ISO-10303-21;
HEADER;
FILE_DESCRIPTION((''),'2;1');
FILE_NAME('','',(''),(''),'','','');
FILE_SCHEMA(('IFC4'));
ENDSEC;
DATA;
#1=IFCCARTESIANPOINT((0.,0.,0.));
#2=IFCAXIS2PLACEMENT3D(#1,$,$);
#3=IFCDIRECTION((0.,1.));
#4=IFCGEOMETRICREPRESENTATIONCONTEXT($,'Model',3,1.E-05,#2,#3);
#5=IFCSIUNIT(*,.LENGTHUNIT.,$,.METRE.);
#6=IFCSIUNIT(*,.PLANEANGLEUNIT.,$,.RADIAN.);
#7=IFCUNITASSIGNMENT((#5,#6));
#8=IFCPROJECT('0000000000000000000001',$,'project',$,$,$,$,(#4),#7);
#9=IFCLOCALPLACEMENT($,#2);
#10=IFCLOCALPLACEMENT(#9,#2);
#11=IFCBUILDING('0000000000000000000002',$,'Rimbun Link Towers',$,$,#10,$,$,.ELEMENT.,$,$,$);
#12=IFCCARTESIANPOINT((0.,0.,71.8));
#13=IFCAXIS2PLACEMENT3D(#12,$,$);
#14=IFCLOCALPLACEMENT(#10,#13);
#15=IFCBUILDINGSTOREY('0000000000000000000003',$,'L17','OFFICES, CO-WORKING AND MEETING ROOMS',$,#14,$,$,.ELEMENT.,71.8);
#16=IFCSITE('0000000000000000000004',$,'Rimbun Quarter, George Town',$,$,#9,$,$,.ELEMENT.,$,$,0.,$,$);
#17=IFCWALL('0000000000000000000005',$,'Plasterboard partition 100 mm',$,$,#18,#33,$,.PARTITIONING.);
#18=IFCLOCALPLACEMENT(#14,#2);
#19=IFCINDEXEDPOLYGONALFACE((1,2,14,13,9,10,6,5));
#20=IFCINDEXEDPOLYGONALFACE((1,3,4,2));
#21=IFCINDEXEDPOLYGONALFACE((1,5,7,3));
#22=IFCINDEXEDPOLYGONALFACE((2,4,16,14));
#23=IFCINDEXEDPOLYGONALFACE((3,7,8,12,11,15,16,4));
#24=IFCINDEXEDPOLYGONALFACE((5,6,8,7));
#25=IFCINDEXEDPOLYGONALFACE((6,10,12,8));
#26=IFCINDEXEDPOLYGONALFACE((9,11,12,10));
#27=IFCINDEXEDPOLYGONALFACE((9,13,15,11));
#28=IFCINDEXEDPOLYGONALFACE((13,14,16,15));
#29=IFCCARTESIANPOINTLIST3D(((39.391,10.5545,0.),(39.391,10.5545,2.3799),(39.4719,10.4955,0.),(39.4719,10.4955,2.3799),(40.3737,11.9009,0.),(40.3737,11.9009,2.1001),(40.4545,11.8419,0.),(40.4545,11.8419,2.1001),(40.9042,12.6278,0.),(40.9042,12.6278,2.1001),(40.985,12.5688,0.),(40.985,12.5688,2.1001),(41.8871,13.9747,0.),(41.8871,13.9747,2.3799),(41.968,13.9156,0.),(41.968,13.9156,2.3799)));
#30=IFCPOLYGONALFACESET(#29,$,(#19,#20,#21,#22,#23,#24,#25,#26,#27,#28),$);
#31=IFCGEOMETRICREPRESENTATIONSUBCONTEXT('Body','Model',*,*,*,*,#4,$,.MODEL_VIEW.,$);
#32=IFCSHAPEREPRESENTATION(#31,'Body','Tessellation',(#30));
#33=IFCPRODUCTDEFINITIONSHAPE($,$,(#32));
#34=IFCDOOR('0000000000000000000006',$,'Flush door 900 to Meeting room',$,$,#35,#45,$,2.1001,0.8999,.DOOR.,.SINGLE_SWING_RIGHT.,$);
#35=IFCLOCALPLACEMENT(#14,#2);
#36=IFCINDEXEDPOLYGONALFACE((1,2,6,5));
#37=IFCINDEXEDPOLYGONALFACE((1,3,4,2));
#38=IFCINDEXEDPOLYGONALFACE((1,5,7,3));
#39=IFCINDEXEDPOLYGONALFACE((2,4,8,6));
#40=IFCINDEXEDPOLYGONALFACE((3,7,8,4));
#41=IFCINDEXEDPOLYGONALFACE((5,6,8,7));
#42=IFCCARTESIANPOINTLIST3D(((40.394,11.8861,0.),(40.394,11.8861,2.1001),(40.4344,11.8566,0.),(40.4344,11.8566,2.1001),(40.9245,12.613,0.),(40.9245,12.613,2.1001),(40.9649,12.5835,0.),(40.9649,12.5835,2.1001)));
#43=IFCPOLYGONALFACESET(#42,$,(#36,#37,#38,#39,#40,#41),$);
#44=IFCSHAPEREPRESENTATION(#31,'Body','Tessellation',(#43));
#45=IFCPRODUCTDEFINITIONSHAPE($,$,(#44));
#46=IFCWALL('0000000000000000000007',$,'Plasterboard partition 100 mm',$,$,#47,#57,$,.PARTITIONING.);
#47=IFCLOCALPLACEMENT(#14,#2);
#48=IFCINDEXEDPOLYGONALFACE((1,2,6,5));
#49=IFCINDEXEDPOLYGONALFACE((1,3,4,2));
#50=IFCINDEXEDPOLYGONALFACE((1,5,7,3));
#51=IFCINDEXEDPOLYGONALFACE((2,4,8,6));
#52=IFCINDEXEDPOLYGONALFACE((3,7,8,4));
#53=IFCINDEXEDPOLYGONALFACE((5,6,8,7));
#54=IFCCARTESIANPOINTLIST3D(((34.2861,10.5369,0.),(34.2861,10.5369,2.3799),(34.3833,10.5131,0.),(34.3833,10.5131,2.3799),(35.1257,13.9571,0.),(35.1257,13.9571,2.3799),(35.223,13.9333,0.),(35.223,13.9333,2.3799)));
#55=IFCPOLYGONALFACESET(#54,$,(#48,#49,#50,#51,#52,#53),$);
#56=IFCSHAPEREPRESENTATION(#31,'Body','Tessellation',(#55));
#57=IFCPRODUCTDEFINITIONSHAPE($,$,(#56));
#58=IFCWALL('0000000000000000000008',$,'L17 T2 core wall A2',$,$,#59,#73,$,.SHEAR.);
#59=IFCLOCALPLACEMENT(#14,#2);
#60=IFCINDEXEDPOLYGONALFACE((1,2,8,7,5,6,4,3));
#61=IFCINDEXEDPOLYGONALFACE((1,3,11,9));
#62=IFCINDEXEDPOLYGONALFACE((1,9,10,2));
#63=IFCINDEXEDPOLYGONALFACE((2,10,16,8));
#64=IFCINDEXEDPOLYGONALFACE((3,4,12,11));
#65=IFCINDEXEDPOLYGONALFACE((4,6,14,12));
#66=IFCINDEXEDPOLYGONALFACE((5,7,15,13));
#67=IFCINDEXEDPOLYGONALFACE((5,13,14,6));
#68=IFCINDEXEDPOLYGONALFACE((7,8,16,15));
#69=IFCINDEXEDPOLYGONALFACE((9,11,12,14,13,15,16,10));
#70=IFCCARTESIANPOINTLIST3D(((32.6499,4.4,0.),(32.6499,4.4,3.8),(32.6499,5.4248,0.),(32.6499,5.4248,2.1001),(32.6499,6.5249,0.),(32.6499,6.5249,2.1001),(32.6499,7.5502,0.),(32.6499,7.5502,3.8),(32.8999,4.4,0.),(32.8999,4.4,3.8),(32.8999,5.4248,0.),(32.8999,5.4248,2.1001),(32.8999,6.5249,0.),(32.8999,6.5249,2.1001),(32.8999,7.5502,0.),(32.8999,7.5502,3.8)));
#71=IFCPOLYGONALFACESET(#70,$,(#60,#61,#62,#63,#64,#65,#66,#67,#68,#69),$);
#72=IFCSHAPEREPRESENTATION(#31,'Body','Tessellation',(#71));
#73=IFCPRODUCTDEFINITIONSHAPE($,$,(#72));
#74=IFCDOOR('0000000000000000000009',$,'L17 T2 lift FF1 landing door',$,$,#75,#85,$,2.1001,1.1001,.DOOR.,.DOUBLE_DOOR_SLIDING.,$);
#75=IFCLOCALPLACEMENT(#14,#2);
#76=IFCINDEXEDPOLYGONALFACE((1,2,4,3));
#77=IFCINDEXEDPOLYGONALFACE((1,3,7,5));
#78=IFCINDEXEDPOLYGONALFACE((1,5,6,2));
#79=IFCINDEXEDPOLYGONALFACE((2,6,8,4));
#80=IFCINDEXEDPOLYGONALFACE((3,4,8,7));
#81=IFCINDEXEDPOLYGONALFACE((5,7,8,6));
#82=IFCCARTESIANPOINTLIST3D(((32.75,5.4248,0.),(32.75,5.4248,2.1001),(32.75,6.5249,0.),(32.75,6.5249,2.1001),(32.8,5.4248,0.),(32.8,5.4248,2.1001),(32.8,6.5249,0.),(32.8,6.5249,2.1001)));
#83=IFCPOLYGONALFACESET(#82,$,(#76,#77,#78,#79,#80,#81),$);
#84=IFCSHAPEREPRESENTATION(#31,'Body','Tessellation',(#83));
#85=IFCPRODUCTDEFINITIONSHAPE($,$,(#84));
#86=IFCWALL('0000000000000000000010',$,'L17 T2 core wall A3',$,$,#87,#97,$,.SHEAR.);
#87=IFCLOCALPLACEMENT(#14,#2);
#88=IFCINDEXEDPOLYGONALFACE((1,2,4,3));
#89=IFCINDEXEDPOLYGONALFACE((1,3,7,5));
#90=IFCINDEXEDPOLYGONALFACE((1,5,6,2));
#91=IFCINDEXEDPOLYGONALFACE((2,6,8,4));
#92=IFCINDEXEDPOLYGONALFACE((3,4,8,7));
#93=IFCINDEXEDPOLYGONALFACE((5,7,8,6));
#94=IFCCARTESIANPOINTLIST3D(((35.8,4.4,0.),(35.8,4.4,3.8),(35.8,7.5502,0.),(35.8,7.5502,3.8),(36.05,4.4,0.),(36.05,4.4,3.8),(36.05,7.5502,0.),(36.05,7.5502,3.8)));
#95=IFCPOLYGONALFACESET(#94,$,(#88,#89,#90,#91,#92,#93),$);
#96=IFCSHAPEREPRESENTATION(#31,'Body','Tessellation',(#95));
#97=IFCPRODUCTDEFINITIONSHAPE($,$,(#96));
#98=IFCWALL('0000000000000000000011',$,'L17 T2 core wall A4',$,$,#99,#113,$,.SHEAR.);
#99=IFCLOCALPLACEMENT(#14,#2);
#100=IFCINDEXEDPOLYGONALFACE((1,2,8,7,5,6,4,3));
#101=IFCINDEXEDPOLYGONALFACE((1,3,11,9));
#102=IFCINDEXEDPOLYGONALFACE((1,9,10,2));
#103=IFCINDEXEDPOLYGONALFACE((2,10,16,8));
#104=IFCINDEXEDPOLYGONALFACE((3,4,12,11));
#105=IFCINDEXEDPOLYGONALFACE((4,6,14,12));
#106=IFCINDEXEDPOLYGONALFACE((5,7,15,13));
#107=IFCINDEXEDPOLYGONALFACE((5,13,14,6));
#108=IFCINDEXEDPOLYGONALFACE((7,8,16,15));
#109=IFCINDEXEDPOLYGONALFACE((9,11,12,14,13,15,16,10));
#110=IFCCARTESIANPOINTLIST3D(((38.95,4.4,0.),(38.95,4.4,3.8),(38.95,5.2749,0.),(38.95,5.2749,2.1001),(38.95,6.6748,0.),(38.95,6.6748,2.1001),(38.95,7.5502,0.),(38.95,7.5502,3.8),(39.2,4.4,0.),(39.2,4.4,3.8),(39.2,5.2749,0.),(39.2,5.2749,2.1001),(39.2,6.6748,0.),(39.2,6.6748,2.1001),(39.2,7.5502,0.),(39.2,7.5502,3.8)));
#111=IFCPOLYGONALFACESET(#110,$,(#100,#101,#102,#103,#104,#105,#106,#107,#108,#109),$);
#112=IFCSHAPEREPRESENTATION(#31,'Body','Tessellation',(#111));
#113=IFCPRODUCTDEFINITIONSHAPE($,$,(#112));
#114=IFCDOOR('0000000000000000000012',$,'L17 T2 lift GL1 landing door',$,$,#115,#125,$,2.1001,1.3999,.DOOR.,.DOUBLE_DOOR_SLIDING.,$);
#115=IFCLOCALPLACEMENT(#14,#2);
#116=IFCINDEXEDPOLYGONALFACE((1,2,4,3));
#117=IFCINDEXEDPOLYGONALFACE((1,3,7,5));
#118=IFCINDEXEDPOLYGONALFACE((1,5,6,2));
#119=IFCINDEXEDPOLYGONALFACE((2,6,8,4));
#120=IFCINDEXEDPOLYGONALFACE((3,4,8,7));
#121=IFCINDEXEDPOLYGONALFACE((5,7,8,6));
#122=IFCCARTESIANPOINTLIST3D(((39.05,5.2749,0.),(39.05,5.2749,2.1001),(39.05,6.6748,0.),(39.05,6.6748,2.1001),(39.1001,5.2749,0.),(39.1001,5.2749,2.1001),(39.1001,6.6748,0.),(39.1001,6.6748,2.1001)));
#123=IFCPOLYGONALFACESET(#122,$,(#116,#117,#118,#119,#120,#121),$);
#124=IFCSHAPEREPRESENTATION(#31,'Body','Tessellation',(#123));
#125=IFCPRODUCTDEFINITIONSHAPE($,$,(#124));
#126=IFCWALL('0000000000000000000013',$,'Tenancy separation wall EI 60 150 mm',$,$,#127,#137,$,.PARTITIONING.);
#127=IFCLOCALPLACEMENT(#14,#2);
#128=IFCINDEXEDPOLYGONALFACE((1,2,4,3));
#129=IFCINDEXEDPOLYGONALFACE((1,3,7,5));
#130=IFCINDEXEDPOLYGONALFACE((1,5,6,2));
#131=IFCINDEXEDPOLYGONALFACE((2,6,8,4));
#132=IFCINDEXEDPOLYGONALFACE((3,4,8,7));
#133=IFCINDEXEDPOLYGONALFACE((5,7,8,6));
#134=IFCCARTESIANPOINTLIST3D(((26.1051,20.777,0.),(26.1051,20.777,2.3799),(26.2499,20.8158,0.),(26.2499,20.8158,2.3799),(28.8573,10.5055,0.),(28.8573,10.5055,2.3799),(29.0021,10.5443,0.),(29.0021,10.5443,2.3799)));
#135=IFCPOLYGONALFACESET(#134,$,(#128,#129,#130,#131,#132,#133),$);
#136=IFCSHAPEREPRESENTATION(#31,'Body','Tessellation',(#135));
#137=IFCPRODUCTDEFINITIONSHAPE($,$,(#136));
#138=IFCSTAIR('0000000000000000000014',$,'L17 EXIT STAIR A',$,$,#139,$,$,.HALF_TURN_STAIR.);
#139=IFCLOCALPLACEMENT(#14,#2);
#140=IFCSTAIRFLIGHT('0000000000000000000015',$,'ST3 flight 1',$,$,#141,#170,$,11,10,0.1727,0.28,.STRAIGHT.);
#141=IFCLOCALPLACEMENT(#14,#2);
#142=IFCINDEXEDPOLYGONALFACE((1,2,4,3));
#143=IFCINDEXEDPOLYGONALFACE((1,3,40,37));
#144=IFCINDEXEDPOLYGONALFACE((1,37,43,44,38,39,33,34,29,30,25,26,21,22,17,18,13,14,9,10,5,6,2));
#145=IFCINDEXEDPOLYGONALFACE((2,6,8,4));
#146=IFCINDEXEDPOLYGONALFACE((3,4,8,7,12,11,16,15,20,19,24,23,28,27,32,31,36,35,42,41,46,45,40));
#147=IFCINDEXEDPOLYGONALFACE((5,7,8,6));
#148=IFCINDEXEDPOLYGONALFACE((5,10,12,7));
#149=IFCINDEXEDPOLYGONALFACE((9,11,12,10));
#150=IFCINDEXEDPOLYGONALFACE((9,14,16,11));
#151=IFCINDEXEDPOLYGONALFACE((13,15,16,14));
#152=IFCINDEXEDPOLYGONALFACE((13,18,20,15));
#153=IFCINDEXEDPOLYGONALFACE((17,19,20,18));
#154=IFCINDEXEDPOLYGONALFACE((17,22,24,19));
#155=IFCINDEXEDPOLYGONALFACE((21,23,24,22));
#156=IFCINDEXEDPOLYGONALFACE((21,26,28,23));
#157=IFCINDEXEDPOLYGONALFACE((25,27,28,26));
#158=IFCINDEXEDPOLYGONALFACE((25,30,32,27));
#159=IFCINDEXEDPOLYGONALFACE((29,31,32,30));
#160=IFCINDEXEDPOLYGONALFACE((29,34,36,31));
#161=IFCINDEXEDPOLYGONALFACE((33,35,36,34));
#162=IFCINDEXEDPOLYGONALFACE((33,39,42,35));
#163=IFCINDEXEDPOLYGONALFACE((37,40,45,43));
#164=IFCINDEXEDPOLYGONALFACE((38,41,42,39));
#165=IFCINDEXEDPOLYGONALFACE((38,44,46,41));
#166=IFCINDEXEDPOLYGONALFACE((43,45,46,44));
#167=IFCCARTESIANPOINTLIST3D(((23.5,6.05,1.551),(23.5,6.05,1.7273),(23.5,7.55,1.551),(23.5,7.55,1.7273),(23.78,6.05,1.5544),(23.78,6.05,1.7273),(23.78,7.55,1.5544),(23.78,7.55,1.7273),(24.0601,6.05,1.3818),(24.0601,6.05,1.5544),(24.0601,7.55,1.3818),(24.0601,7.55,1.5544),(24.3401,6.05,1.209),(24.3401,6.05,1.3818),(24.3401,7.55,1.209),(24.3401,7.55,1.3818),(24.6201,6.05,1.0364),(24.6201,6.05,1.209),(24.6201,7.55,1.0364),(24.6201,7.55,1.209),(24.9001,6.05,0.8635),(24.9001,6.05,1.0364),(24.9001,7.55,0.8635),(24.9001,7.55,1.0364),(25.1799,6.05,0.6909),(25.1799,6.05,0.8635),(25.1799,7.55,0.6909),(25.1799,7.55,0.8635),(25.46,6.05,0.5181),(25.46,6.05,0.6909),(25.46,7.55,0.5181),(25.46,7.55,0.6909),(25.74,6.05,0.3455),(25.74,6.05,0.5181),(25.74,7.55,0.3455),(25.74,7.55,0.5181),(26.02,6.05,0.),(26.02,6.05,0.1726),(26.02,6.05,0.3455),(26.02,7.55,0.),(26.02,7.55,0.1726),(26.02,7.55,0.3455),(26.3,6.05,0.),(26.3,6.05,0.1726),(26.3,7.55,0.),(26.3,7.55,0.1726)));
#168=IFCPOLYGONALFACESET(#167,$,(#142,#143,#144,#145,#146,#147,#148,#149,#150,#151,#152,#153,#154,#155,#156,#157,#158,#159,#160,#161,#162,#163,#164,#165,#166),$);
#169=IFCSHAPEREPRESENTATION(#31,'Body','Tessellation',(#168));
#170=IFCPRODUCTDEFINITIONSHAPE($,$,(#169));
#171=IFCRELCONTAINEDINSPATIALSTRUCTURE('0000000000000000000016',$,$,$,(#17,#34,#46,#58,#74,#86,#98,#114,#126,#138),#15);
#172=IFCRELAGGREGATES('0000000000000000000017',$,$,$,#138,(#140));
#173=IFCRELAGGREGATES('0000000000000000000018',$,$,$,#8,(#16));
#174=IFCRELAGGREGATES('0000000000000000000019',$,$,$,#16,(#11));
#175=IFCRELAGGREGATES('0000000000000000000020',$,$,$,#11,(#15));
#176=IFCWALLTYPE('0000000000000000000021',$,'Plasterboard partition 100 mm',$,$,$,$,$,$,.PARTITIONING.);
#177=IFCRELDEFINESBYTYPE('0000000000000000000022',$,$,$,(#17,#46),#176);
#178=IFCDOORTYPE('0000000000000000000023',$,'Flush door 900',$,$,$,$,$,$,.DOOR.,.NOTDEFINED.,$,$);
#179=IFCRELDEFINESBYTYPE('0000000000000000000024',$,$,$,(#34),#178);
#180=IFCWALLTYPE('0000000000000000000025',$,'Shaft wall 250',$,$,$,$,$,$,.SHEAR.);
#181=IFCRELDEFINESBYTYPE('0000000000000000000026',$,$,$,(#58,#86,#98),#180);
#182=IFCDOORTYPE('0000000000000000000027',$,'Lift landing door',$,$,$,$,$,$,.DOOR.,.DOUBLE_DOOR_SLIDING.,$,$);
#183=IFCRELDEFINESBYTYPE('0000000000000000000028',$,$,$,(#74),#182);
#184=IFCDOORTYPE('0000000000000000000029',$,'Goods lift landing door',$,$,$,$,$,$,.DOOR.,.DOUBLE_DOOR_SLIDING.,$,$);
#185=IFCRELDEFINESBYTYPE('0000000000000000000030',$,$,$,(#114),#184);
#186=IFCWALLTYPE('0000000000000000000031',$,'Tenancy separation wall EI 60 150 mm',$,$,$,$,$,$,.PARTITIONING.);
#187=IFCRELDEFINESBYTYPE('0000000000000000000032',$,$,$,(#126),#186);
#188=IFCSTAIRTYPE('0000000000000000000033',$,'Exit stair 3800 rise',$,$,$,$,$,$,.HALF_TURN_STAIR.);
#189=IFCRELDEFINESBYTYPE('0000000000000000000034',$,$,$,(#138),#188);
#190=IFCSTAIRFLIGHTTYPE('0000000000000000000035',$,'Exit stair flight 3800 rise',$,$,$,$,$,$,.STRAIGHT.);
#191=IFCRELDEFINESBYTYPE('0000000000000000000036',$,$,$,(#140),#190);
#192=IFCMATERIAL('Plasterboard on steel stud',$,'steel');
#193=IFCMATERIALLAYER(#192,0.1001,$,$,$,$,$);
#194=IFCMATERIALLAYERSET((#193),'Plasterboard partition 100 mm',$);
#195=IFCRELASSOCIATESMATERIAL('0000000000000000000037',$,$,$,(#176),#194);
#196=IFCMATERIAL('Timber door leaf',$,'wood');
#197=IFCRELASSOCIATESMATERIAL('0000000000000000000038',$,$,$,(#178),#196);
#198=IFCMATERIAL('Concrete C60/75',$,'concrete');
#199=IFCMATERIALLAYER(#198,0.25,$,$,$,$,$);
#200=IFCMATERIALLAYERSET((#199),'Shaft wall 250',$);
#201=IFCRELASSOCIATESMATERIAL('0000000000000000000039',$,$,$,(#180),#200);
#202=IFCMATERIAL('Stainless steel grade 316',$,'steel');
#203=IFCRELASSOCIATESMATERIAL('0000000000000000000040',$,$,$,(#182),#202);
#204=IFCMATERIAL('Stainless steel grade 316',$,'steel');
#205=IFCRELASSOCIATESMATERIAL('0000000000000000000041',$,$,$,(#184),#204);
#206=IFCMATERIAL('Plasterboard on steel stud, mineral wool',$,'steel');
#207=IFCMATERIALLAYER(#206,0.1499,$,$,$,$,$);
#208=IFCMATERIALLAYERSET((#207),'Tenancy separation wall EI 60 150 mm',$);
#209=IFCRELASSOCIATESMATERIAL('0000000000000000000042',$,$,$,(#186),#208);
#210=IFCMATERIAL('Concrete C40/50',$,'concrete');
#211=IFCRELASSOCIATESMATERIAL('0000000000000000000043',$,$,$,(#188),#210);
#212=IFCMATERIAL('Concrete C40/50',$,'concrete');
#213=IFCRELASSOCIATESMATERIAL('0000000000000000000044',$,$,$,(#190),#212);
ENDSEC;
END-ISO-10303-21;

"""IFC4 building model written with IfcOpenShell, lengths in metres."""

from ifc_helpers import new_model, si_unit, direction, frame, frame_2d, origin, place, context, subcontext, project, spatial, polyline, rectangle, outline, extrude, material, layer, layer_set, type_object, element, fill, aggregate, save


model = new_model("IFC4")

# Units and contexts
model_context = context("Model", 3, precision=1e-05, world=origin(), true_north=direction((0.0, 1.0)))
body_context = subcontext(model_context, "Body", "Model", "MODEL_VIEW")
ifc_project = project(units=[si_unit("LENGTHUNIT", "METRE"), si_unit("PLANEANGLEUNIT", "RADIAN")], contexts=[model_context])

# Site, building, storey
site_placement = place(None, origin())
site = spatial("IfcSite", under=ifc_project, at=site_placement, Name="Rimbun Quarter, George Town", CompositionType="ELEMENT", RefElevation=0.0)
building_placement = place(site_placement, origin())
building = spatial("IfcBuilding", under=site, at=building_placement, Name="Rimbun Link Towers", CompositionType="ELEMENT")
storey_placement = place(building_placement, frame((0.0, 0.0, 71.8)))
storey = spatial("IfcBuildingStorey", under=building, at=storey_placement, Name="L17", Description="OFFICES, CO-WORKING AND MEETING ROOMS", CompositionType="ELEMENT", Elevation=71.8)

# Wall, opening, door
ifc_material_1 = material(Name="Plasterboard on steel stud", Category="steel")
ifc_layer_1 = layer(ifc_material_1, 0.1001)
ifc_layer_set_1 = layer_set([ifc_layer_1], Name="Plasterboard partition 100 mm")
wall_type_1 = type_object("IfcWallType", Name="Plasterboard partition 100 mm", PredefinedType="PARTITIONING", material=ifc_layer_set_1)
wall_1_placement = place(storey_placement, frame((39.4314, 10.5249, 0.0), z_axis=(0.0, 0.0, 1.0), x_axis=(0.589515, 0.807758, 0.0)))
wall_1 = element("IfcWall", 1, at=wall_1_placement, inside=storey, type_object=wall_type_1, Name="Plasterboard partition 100 mm", PredefinedType="PARTITIONING", context=body_context, shape_type="SweptSolid", body=[
    extrude(rectangle(XDim=4.2341, YDim=0.1001, at=frame_2d((2.1172, 0.0))), origin(), (0.0, 0.0, 1.0), 2.3799),
])
opening_1_placement = place(wall_1_placement, frame((1.667, 0.0, 0.0)))
opening_1 = element("IfcOpeningElement", 2, at=opening_1_placement, cuts=wall_1, PredefinedType="OPENING", context=body_context, shape_type="SweptSolid", body=[
    extrude(rectangle(XDim=0.8999, YDim=2.1001, at=frame_2d((0.45, 1.05))), frame((0.0, 0.0601, 0.0), z_axis=(0.0, -1.0, 0.0), x_axis=(1.0, 0.0, 0.0)), (0.0, 0.0, 1.0), 0.1201),
])
ifc_material_2 = material(Name="Timber door leaf", Category="wood")
door_type_1 = type_object("IfcDoorType", Name="Flush door 900", OperationType="NOTDEFINED", PredefinedType="DOOR", material=ifc_material_2)
door_1_placement = place(opening_1_placement, origin())
door_1 = element("IfcDoor", 3, at=door_1_placement, inside=storey, type_object=door_type_1, Name="Flush door 900 to Meeting room", OperationType="SINGLE_SWING_RIGHT", OverallHeight=2.1001, OverallWidth=0.8999, PredefinedType="DOOR", context=body_context, shape_type="SweptSolid", body=[
    extrude(rectangle(XDim=0.8999, YDim=2.1001, at=frame_2d((0.45, 1.05))), frame((0.0, 0.0249, 0.0), z_axis=(0.0, -1.0, 0.0), x_axis=(1.0, 0.0, 0.0)), (0.0, 0.0, 1.0), 0.05),
])
fill(opening_1, door_1)

# Wall
wall_2_placement = place(storey_placement, frame((35.1743, 13.9451, 0.0), z_axis=(0.0, 0.0, 1.0), x_axis=(-0.238407, -0.971165, 0.0)))
element("IfcWall", 4, at=wall_2_placement, inside=storey, type_object=wall_type_1, Name="Plasterboard partition 100 mm", PredefinedType="PARTITIONING", context=body_context, shape_type="SweptSolid", body=[
    extrude(rectangle(XDim=3.5217, YDim=0.1001, at=frame_2d((1.7607, 0.0))), origin(), (0.0, 0.0, 1.0), 2.3799),
])

# Wall, opening, door
ifc_material_3 = material(Name="Concrete C60/75", Category="concrete")
ifc_layer_2 = layer(ifc_material_3, 0.25)
ifc_layer_set_2 = layer_set([ifc_layer_2], Name="Shaft wall 250")
wall_type_2 = type_object("IfcWallType", Name="Shaft wall 250", PredefinedType="SHEAR", material=ifc_layer_set_2)
wall_3_placement = place(storey_placement, frame((32.7749, 4.3999, 0.0), z_axis=(0.0, 0.0, 1.0), x_axis=(0.0, 1.0, 0.0)))
wall_3 = element("IfcWall", 5, at=wall_3_placement, inside=storey, type_object=wall_type_2, Name="L17 T2 core wall A2", PredefinedType="SHEAR", context=body_context, shape_type="SweptSolid", body=[
    extrude(rectangle(XDim=3.1501, YDim=0.25, at=frame_2d((1.5752, 0.0))), origin(), (0.0, 0.0, 1.0), 3.8),
])
opening_2_placement = place(wall_3_placement, frame((1.0249, 0.0, 0.0)))
opening_2 = element("IfcOpeningElement", 6, at=opening_2_placement, cuts=wall_3, PredefinedType="OPENING", context=body_context, shape_type="SweptSolid", body=[
    extrude(rectangle(XDim=1.1001, YDim=2.1001, at=frame_2d((0.55, 1.05))), frame((0.0, 0.135, 0.0), z_axis=(0.0, -1.0, 0.0), x_axis=(1.0, 0.0, 0.0)), (0.0, 0.0, 1.0), 0.27),
])
ifc_material_4 = material(Name="Stainless steel grade 316", Category="steel")
door_type_2 = type_object("IfcDoorType", Name="Lift landing door", OperationType="DOUBLE_DOOR_SLIDING", PredefinedType="DOOR", material=ifc_material_4)
door_2_placement = place(opening_2_placement, origin())
door_2 = element("IfcDoor", 7, at=door_2_placement, inside=storey, type_object=door_type_2, Name="L17 T2 lift FF1 landing door", OperationType="DOUBLE_DOOR_SLIDING", OverallHeight=2.1001, OverallWidth=1.1001, PredefinedType="DOOR", context=body_context, shape_type="SweptSolid", body=[
    extrude(rectangle(XDim=1.1001, YDim=2.1001, at=frame_2d((0.55, 1.05))), frame((0.0, 0.0249, 0.0), z_axis=(0.0, -1.0, 0.0), x_axis=(1.0, 0.0, 0.0)), (0.0, 0.0, 1.0), 0.05),
])
fill(opening_2, door_2)

# Wall
wall_4_placement = place(storey_placement, frame((35.925, 4.3999, 0.0), z_axis=(0.0, 0.0, 1.0), x_axis=(0.0, 1.0, 0.0)))
element("IfcWall", 8, at=wall_4_placement, inside=storey, type_object=wall_type_2, Name="L17 T2 core wall A3", PredefinedType="SHEAR", context=body_context, shape_type="SweptSolid", body=[
    extrude(rectangle(XDim=3.1501, YDim=0.25, at=frame_2d((1.5752, 0.0))), origin(), (0.0, 0.0, 1.0), 3.8),
])

# Wall, opening, door
wall_5_placement = place(storey_placement, frame((39.075, 4.3999, 0.0), z_axis=(0.0, 0.0, 1.0), x_axis=(0.0, 1.0, 0.0)))
wall_5 = element("IfcWall", 9, at=wall_5_placement, inside=storey, type_object=wall_type_2, Name="L17 T2 core wall A4", PredefinedType="SHEAR", context=body_context, shape_type="SweptSolid", body=[
    extrude(rectangle(XDim=3.1501, YDim=0.25, at=frame_2d((1.5752, 0.0))), origin(), (0.0, 0.0, 1.0), 3.8),
])
opening_3_placement = place(wall_5_placement, frame((0.875, 0.0, 0.0)))
opening_3 = element("IfcOpeningElement", 10, at=opening_3_placement, cuts=wall_5, PredefinedType="OPENING", context=body_context, shape_type="SweptSolid", body=[
    extrude(rectangle(XDim=1.3999, YDim=2.1001, at=frame_2d((0.7, 1.05))), frame((0.0, 0.135, 0.0), z_axis=(0.0, -1.0, 0.0), x_axis=(1.0, 0.0, 0.0)), (0.0, 0.0, 1.0), 0.27),
])
ifc_material_5 = material(Name="Stainless steel grade 316", Category="steel")
door_type_3 = type_object("IfcDoorType", Name="Goods lift landing door", OperationType="DOUBLE_DOOR_SLIDING", PredefinedType="DOOR", material=ifc_material_5)
door_3_placement = place(opening_3_placement, origin())
door_3 = element("IfcDoor", 11, at=door_3_placement, inside=storey, type_object=door_type_3, Name="L17 T2 lift GL1 landing door", OperationType="DOUBLE_DOOR_SLIDING", OverallHeight=2.1001, OverallWidth=1.3999, PredefinedType="DOOR", context=body_context, shape_type="SweptSolid", body=[
    extrude(rectangle(XDim=1.3999, YDim=2.1001, at=frame_2d((0.7, 1.05))), frame((0.0, 0.0249, 0.0), z_axis=(0.0, -1.0, 0.0), x_axis=(1.0, 0.0, 0.0)), (0.0, 0.0, 1.0), 0.05),
])
fill(opening_3, door_3)

# Wall
ifc_material_6 = material(Name="Plasterboard on steel stud, mineral wool", Category="steel")
ifc_layer_3 = layer(ifc_material_6, 0.1499)
ifc_layer_set_3 = layer_set([ifc_layer_3], Name="Tenancy separation wall EI 60 150 mm")
wall_type_3 = type_object("IfcWallType", Name="Tenancy separation wall EI 60 150 mm", PredefinedType="PARTITIONING", material=ifc_layer_set_3)
wall_6_placement = place(storey_placement, frame((28.9297, 10.5249, 0.0), z_axis=(0.0, 0.0, 1.0), x_axis=(-0.258816, 0.965927, 0.0)))
element("IfcWall", 12, at=wall_6_placement, inside=storey, type_object=wall_type_3, Name="Tenancy separation wall EI 60 150 mm", PredefinedType="PARTITIONING", context=body_context, shape_type="SweptSolid", body=[
    extrude(rectangle(XDim=10.6338, YDim=0.1499, at=frame_2d((5.3169, 0.0))), origin(), (0.0, 0.0, 1.0), 2.3799),
])

# Stair, stair flight
ifc_material_7 = material(Name="Concrete C40/50", Category="concrete")
stair_type = type_object("IfcStairType", Name="Exit stair 3800 rise", PredefinedType="HALF_TURN_STAIR", material=ifc_material_7)
stair_placement = place(storey_placement, origin())
stair = element("IfcStair", 13, at=stair_placement, inside=storey, type_object=stair_type, Name="L17 EXIT STAIR A", PredefinedType="HALF_TURN_STAIR")
ifc_material_8 = material(Name="Concrete C40/50", Category="concrete")
stair_flight_type = type_object("IfcStairFlightType", Name="Exit stair flight 3800 rise", PredefinedType="STRAIGHT", material=ifc_material_8)
stair_flight_placement = place(storey_placement, frame((26.3, 6.8, 0.0), z_axis=(0.0, 0.0, 1.0), x_axis=(-1.0, 0.0, 0.0)))
stair_flight = element("IfcStairFlight", 14, at=stair_flight_placement, type_object=stair_flight_type, Name="ST3 flight 1", NumberOfRisers=11, NumberOfTreads=10, PredefinedType="STRAIGHT", RiserHeight=0.1727, TreadLength=0.28, context=body_context, shape_type="SweptSolid", body=[
    extrude(outline(polyline([(0.0, 0.0), (0.0, 0.1726), (0.28, 0.1726), (0.28, 0.3455), (0.5601, 0.3455), (0.5601, 0.5181), (0.8401, 0.5181), (0.8401, 0.6909), (1.1201, 0.6909), (1.1201, 0.8635), (1.3999, 0.8635), (1.3999, 1.0364), (1.6799, 1.0364), (1.6799, 1.209), (1.96, 1.209), (1.96, 1.3818), (2.24, 1.3818), (2.24, 1.5544), (2.52, 1.5544), (2.52, 1.7273), (2.8, 1.7273), (2.8, 1.8999), (2.8, 1.551), (0.28, 0.0), (0.0, 0.0)])), frame((0.0, 0.75, 0.0), z_axis=(0.0, -1.0, 0.0), x_axis=(1.0, 0.0, 0.0)), (0.0, 0.0, 1.0), 1.5),
])
aggregate(stair, [stair_flight])

save(model, "model.ifc")
